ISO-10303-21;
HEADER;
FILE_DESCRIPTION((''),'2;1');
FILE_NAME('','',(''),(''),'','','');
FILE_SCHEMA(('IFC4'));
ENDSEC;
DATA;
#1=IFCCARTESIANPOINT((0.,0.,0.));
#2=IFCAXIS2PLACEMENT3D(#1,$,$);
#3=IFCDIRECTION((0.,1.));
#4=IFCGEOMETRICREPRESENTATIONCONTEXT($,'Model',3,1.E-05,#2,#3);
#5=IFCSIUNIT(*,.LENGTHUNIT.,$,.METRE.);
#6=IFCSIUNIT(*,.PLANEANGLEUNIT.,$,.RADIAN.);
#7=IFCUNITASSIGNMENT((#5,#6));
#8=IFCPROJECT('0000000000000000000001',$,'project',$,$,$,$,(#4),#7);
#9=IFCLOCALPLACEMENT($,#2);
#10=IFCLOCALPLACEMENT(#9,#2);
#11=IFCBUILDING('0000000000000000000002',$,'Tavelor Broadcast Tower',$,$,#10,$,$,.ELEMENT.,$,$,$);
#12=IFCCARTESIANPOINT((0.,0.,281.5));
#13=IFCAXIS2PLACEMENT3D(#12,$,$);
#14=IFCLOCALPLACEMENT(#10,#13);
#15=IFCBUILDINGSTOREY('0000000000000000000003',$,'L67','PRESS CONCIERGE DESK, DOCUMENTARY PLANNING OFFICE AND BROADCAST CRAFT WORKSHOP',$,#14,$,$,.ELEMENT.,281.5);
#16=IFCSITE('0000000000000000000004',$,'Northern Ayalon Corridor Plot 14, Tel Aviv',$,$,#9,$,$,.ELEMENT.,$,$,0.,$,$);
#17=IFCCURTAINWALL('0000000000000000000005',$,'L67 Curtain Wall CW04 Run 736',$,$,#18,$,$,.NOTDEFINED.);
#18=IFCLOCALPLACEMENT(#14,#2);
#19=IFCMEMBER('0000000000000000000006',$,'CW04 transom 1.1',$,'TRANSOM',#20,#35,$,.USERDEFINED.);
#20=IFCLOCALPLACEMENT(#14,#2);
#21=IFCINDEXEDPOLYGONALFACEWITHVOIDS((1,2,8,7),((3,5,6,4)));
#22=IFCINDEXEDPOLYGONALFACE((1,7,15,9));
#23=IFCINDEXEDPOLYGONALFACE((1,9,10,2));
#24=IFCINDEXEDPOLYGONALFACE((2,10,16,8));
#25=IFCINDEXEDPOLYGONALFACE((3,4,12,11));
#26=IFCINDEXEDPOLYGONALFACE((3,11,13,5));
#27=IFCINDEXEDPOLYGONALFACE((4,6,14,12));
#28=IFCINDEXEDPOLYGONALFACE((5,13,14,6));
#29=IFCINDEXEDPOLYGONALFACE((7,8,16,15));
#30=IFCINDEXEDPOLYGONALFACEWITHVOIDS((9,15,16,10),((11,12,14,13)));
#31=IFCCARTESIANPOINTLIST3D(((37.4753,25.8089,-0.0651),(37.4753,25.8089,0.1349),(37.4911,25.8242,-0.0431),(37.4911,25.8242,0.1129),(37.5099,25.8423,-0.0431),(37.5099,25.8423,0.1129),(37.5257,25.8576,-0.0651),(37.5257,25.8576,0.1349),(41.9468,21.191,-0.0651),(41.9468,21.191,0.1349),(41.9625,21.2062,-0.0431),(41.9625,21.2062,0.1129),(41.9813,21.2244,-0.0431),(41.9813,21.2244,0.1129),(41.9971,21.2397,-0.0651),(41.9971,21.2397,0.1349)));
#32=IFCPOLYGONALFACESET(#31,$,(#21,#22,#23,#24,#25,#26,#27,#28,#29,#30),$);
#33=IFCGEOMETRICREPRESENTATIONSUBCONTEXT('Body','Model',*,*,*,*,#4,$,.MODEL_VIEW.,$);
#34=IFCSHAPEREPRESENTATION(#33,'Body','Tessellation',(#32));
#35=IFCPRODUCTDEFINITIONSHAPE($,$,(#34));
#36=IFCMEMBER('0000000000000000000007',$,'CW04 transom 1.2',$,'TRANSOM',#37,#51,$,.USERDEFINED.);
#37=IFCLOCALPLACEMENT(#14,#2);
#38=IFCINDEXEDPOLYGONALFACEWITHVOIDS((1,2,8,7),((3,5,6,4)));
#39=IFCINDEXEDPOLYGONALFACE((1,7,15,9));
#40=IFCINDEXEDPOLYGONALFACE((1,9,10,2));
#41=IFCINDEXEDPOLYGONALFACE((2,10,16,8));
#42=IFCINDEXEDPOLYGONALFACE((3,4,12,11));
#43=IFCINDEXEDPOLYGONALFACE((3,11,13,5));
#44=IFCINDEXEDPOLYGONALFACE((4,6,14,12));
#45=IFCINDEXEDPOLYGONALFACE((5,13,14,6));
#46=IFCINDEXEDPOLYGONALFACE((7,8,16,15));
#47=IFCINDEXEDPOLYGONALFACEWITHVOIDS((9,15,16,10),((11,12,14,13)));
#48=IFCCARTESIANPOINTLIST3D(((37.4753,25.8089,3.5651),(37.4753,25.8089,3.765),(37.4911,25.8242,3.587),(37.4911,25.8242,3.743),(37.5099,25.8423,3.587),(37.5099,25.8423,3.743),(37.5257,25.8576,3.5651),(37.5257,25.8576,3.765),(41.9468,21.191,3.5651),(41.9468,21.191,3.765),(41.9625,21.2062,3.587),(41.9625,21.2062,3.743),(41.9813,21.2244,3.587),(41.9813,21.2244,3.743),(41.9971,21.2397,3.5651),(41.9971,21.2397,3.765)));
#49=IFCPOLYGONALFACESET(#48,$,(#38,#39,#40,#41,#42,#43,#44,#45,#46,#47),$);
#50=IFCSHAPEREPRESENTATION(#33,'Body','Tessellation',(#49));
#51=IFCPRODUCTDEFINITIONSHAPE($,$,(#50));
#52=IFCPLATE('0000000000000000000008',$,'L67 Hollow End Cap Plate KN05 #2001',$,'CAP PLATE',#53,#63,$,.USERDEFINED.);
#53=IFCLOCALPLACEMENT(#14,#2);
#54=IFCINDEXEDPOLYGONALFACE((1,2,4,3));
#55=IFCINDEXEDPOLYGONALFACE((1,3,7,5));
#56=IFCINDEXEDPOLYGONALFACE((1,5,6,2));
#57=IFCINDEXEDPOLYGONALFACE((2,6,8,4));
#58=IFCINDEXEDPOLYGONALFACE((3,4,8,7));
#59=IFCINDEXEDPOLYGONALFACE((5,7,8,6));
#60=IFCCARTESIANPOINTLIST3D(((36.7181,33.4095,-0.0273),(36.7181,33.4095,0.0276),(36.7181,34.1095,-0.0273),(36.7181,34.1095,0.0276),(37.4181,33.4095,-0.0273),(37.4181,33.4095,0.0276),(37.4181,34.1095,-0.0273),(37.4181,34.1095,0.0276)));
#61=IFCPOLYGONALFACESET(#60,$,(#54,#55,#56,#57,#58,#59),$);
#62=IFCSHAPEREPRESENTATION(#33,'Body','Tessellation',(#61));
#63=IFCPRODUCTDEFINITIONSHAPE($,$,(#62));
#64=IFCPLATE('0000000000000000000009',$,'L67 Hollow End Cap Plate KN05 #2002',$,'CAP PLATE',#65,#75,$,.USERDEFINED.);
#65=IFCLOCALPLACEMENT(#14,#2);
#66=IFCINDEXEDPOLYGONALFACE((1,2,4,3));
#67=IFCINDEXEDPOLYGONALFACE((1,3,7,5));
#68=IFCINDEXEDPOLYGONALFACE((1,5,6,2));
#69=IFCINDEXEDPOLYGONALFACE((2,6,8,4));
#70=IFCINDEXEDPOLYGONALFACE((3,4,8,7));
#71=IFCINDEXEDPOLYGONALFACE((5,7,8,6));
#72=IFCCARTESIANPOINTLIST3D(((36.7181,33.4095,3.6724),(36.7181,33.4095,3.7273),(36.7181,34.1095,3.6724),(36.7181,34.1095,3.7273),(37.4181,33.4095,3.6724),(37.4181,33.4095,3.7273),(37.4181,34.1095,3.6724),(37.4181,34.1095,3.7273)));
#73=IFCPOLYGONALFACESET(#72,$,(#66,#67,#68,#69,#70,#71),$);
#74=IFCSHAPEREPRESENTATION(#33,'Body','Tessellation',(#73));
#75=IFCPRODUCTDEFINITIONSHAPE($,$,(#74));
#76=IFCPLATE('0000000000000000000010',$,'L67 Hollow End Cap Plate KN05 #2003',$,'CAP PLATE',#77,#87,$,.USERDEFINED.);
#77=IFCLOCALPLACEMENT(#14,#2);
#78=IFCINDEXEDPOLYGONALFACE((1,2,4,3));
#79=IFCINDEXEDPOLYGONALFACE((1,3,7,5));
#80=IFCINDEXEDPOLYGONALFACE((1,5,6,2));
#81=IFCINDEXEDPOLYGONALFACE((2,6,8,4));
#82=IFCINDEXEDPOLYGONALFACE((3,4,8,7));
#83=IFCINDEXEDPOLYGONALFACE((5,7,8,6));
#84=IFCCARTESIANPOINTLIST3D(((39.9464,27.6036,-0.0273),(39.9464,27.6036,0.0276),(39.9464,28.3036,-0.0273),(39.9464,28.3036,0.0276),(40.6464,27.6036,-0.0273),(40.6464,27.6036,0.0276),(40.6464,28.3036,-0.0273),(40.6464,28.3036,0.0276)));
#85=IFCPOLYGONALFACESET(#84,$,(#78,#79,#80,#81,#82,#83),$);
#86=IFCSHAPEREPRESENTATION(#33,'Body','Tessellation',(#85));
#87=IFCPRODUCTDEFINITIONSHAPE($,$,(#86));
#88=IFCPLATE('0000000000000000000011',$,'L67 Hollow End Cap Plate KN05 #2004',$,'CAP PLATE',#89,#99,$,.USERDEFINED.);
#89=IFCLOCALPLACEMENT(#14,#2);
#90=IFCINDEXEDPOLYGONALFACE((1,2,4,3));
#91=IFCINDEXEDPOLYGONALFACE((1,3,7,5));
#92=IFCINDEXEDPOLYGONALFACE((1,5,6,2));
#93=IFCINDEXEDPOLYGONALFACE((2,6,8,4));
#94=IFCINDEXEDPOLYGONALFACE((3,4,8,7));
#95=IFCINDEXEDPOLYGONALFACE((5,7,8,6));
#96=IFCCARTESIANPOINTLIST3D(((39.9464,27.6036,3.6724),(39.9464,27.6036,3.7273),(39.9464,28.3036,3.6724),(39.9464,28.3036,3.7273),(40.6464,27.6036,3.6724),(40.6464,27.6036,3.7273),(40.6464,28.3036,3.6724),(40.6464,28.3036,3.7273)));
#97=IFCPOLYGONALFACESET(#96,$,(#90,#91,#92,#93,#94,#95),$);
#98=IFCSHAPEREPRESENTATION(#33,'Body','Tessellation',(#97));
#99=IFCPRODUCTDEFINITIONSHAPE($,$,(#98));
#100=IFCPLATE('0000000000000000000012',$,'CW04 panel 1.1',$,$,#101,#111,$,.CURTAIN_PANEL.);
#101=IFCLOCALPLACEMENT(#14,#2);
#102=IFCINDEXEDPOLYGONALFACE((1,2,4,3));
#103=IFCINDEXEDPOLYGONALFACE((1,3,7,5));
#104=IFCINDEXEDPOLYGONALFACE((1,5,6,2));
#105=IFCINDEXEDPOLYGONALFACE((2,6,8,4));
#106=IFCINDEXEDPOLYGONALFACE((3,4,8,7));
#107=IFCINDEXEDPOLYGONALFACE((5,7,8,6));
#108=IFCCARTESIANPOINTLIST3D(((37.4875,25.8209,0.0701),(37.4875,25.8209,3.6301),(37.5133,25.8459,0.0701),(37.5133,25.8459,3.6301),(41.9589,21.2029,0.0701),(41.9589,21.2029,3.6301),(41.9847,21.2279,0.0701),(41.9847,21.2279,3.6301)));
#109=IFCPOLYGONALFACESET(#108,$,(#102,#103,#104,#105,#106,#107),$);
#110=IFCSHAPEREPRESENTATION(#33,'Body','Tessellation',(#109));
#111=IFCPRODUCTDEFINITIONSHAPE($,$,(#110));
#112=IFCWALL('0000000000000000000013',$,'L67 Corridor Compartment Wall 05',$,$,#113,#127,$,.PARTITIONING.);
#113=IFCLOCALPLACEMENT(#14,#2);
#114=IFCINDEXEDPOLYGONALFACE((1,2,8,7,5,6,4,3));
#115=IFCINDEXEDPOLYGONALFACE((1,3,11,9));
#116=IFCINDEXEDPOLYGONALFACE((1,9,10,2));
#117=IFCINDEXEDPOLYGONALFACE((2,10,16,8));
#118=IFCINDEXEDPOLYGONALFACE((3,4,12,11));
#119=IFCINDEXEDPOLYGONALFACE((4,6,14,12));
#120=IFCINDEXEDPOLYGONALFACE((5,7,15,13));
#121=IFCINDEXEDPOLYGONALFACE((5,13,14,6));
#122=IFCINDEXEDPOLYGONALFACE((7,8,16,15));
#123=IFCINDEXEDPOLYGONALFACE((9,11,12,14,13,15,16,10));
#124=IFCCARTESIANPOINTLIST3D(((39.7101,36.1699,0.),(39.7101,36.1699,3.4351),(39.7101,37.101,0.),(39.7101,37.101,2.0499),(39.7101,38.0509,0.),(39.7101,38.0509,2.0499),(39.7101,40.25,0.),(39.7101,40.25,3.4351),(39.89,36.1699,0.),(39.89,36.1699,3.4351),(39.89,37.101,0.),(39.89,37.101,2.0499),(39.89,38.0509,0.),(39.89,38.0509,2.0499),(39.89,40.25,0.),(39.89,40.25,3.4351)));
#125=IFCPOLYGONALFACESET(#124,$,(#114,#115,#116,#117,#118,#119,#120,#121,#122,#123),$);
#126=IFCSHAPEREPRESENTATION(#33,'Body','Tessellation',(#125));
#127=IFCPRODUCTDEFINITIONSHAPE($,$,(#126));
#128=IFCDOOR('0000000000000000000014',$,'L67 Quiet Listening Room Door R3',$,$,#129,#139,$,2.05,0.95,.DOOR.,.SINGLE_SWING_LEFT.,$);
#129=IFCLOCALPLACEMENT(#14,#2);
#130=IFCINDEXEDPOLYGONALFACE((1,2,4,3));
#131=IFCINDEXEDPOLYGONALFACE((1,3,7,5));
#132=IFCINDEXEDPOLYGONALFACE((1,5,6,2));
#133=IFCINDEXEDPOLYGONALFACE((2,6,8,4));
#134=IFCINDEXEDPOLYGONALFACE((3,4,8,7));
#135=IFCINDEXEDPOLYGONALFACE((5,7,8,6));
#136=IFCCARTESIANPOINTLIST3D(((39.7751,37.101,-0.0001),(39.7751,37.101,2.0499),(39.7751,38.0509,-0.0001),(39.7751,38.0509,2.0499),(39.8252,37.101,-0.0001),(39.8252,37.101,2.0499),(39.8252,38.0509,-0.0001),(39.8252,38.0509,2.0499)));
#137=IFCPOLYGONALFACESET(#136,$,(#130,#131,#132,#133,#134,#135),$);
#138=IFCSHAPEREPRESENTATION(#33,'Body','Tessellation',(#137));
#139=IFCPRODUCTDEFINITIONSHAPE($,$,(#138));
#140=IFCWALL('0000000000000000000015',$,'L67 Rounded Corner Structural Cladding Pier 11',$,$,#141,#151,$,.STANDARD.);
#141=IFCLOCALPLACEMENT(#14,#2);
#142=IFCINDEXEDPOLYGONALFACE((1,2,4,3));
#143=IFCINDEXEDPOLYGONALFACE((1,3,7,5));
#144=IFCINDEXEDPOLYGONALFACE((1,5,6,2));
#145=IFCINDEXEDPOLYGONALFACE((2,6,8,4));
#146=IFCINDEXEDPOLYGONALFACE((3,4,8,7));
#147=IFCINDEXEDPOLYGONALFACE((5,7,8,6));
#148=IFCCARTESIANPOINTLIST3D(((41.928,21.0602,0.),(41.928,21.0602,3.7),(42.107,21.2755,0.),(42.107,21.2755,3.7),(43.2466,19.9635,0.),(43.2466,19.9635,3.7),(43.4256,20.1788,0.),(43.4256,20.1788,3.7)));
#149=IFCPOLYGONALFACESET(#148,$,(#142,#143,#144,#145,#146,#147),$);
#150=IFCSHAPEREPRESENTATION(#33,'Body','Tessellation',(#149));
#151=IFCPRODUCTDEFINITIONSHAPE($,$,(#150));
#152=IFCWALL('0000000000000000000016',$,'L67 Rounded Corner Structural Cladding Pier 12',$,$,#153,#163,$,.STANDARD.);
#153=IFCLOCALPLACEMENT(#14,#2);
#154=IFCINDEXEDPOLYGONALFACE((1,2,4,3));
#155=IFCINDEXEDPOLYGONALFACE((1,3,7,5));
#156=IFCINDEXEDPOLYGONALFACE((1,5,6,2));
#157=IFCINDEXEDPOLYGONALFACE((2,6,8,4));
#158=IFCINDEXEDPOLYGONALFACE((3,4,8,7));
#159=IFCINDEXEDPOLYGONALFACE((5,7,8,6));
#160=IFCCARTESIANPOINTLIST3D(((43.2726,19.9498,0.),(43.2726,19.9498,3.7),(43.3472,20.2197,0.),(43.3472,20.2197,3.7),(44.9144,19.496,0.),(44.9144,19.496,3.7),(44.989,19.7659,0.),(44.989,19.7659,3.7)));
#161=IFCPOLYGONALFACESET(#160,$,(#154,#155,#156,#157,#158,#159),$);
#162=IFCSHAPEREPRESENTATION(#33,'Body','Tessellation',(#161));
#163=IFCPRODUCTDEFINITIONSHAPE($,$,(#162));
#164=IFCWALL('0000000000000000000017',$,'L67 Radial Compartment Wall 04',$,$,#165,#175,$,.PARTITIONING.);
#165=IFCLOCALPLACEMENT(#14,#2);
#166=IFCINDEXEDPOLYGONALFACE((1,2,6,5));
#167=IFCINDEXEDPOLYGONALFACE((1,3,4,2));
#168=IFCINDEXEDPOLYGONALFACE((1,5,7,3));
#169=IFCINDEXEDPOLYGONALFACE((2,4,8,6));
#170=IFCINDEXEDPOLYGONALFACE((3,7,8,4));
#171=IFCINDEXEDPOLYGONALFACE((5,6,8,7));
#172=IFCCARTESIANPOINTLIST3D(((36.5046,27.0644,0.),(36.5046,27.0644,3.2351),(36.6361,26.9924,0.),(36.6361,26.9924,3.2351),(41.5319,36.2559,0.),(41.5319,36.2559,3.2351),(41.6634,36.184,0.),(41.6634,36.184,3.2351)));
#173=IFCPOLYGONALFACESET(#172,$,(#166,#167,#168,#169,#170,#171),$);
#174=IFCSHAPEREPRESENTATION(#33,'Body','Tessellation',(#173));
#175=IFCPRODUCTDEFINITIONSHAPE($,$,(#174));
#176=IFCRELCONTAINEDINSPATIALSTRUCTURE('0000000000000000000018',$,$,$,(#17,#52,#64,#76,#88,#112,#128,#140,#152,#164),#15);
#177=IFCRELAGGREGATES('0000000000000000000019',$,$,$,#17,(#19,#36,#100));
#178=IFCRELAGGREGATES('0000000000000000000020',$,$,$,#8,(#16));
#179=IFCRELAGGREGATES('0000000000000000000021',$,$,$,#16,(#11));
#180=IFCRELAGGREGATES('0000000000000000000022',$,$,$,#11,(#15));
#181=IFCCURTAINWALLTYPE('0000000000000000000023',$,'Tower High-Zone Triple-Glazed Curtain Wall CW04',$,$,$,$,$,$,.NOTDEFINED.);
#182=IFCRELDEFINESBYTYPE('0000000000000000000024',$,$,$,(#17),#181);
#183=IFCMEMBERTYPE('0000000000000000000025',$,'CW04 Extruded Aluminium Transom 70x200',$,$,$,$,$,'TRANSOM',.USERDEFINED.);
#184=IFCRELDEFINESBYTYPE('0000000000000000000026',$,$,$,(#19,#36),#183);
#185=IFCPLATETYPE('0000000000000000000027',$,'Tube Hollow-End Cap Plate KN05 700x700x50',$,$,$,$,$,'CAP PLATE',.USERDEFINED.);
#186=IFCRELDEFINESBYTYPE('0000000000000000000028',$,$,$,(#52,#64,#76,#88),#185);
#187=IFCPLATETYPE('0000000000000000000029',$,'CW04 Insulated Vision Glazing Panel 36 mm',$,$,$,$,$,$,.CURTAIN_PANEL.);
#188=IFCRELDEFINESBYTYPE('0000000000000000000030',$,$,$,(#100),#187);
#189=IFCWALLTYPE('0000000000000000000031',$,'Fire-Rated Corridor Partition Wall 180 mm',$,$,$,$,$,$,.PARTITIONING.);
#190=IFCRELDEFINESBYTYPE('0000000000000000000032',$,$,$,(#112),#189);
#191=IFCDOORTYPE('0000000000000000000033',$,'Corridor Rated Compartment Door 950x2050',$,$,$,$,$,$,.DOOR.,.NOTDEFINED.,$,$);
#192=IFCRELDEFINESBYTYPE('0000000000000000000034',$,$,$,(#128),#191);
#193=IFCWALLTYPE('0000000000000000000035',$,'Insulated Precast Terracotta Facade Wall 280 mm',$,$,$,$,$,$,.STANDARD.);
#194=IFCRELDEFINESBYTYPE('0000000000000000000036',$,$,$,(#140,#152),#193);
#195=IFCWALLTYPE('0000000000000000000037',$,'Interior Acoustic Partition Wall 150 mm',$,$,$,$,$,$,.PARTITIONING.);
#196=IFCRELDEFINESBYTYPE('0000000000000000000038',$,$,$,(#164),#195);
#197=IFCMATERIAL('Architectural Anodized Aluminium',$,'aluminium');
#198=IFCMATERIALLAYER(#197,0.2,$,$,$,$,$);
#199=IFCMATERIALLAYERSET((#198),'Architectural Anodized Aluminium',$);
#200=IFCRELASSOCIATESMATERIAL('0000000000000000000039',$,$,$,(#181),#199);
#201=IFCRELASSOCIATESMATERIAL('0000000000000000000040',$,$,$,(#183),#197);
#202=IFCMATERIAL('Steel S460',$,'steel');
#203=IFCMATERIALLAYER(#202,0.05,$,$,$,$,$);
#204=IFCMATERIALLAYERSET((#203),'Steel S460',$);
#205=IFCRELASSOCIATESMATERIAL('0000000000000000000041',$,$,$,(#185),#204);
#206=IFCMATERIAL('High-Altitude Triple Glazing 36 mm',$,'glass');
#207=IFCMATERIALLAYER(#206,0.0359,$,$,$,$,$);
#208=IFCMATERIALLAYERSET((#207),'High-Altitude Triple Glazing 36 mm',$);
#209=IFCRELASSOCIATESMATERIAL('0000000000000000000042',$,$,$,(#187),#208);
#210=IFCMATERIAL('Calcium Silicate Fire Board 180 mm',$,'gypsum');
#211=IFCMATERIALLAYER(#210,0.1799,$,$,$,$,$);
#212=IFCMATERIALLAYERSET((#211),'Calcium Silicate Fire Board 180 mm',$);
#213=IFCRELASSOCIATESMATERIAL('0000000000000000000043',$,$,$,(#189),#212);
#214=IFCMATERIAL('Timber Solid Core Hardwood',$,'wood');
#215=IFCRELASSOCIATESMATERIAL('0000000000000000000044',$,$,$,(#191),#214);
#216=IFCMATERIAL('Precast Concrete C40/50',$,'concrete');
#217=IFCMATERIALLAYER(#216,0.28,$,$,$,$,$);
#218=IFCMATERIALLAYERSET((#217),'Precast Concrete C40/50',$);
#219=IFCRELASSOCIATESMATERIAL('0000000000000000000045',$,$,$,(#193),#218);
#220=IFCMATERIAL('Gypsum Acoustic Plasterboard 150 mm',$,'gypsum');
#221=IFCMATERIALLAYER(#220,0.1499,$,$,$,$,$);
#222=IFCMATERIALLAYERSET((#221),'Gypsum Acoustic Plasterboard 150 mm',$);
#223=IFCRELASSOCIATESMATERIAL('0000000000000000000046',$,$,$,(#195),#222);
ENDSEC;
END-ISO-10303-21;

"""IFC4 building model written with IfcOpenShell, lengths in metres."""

from ifc_helpers import new_model, si_unit, direction, frame, frame_2d, origin, origin_2d, place, context, subcontext, project, spatial, rectangle, hollow_rectangle, extrude, source, transform, mapped, material, layer, layer_set, material_profile, profile_set, type_object, type_shapes, element, fill, aggregate, save


model = new_model("IFC4")

# Units and contexts
model_context = context("Model", 3, precision=1e-05, world=origin(), true_north=direction((0.0, 1.0)))
body_context = subcontext(model_context, "Body", "Model", "MODEL_VIEW")
ifc_project = project(units=[si_unit("LENGTHUNIT", "METRE"), si_unit("PLANEANGLEUNIT", "RADIAN")], contexts=[model_context])

# Site, building, storey
site_placement = place(None, origin())
site = spatial("IfcSite", under=ifc_project, at=site_placement, Name="Northern Ayalon Corridor Plot 14, Tel Aviv", CompositionType="ELEMENT", RefElevation=0.0)
building_placement = place(site_placement, origin())
building = spatial("IfcBuilding", under=site, at=building_placement, Name="Tavelor Broadcast Tower", CompositionType="ELEMENT")
storey_placement = place(building_placement, frame((0.0, 0.0, 281.5)))
storey = spatial("IfcBuildingStorey", under=building, at=storey_placement, Name="L67", Description="PRESS CONCIERGE DESK, DOCUMENTARY PLANNING OFFICE AND BROADCAST CRAFT WORKSHOP", CompositionType="ELEMENT", Elevation=281.5)

# Shared definitions
ifc_material_1 = material(Name="Steel S460", Category="steel")

# Shared definitions
ifc_material_2 = material(Name="Architectural Anodized Aluminium", Category="aluminium")
ifc_layer_1 = layer(ifc_material_2, 0.2)
ifc_layer_set_1 = layer_set([ifc_layer_1], Name="Architectural Anodized Aluminium")
curtain_wall_type = type_object("IfcCurtainWallType", Name="Tower High-Zone Triple-Glazed Curtain Wall CW04", PredefinedType="NOTDEFINED", material=ifc_layer_set_1)

# Curtain wall, members
curtain_wall_1_placement = place(storey_placement, origin())
curtain_wall_1 = element("IfcCurtainWall", 1, at=curtain_wall_1_placement, inside=storey, type_object=curtain_wall_type, Name="L67 Curtain Wall CW04 Run 736", PredefinedType="NOTDEFINED")
ifc_material_profile_1 = material_profile(ifc_material_2, hollow_rectangle(XDim=0.0701, YDim=0.2, WallThickness=0.022, at=origin_2d()), Name="RHS 70x200x22")
ifc_profile_set_1 = profile_set([ifc_material_profile_1], Name="Architectural Anodized Aluminium")
member_type_1 = type_object("IfcMemberType", Name="CW04 Extruded Aluminium Transom 70x200", ElementType="TRANSOM", PredefinedType="USERDEFINED", material=ifc_profile_set_1)
shared_shape_1 = source(origin(), body_context, "Body", "SweptSolid", [
    extrude(hollow_rectangle(XDim=0.0701, YDim=0.2, WallThickness=0.022, at=origin_2d()), origin(), (0.0, 0.0, 1.0), 6.428),
])
type_shapes(member_type_1, [shared_shape_1])
member_1_placement = place(storey_placement, frame((37.5005, 25.8333, 0.0349), z_axis=(0.695621, -0.718409, 0.0), x_axis=(0.718409, 0.695621, 0.0)))
member_1 = element("IfcMember", 2, at=member_1_placement, type_object=member_type_1, Name="CW04 transom 1.1", ObjectType="TRANSOM", PredefinedType="USERDEFINED", context=body_context, shape_type="MappedRepresentation", body=[
    mapped(shared_shape_1, transform((0.0, 0.0, 0.0), scale=1.0)),
])
member_2_placement = place(storey_placement, frame((37.5005, 25.8333, 3.665), z_axis=(0.695621, -0.718409, 0.0), x_axis=(0.718409, 0.695621, 0.0)))
member_2 = element("IfcMember", 3, at=member_2_placement, type_object=member_type_1, Name="CW04 transom 1.2", ObjectType="TRANSOM", PredefinedType="USERDEFINED", context=body_context, shape_type="MappedRepresentation", body=[
    mapped(shared_shape_1, transform((0.0, 0.0, 0.0), scale=1.0)),
])

# Plates
ifc_layer_2 = layer(ifc_material_1, 0.05)
ifc_layer_set_2 = layer_set([ifc_layer_2], Name="Steel S460")
plate_type_1 = type_object("IfcPlateType", Name="Tube Hollow-End Cap Plate KN05 700x700x50", ElementType="CAP PLATE", PredefinedType="USERDEFINED", material=ifc_layer_set_2)
shared_shape_2 = source(origin(), body_context, "Body", "SweptSolid", [
    extrude(rectangle(XDim=0.7, YDim=0.7, at=origin_2d()), origin(), (0.0, 0.0, 1.0), 0.0549),
])
type_shapes(plate_type_1, [shared_shape_2])
for number, where, z_axis, x_axis, name in (
    (4, (37.0681, 33.7595, -0.0273), (0.0, 0.0, 1.0), (1.0, 0.0, 0.0), "L67 Hollow End Cap Plate KN05 #2001"),
    (5, (37.0681, 33.7595, 3.6724), (0.0, 0.0, 1.0), (1.0, 0.0, 0.0), "L67 Hollow End Cap Plate KN05 #2002"),
    (6, (40.2964, 27.9536, -0.0273), (0.0, 0.0, 1.0), (1.0, 0.0, 0.0), "L67 Hollow End Cap Plate KN05 #2003"),
    (7, (40.2964, 27.9536, 3.6724), (0.0, 0.0, 1.0), (1.0, 0.0, 0.0), "L67 Hollow End Cap Plate KN05 #2004"),
):
    element("IfcPlate", number, at=place(storey_placement, frame(where, z_axis=z_axis, x_axis=x_axis)), inside=storey, type_object=plate_type_1, Name=name, ObjectType="CAP PLATE", PredefinedType="USERDEFINED", context=body_context, shape_type="MappedRepresentation", body=[
        mapped(shared_shape_2, transform((0.0, 0.0, 0.0), scale=1.0)),
    ])

# Plate
ifc_material_3 = material(Name="High-Altitude Triple Glazing 36 mm", Category="glass")
ifc_layer_3 = layer(ifc_material_3, 0.0359)
ifc_layer_set_3 = layer_set([ifc_layer_3], Name="High-Altitude Triple Glazing 36 mm")
plate_type_2 = type_object("IfcPlateType", Name="CW04 Insulated Vision Glazing Panel 36 mm", PredefinedType="CURTAIN_PANEL", material=ifc_layer_set_3)
shared_shape_3 = source(origin(), body_context, "Body", "SweptSolid", [
    extrude(rectangle(XDim=6.428, YDim=0.0359, at=origin_2d()), origin(), (0.0, 0.0, 1.0), 3.5601),
])
type_shapes(plate_type_2, [shared_shape_3])
plate_placement = place(storey_placement, frame((39.7361, 23.5244, 0.0701), z_axis=(0.0, 0.0, 1.0), x_axis=(0.695611, -0.718419, 0.0)))
plate = element("IfcPlate", 8, at=plate_placement, type_object=plate_type_2, Name="CW04 panel 1.1", PredefinedType="CURTAIN_PANEL", context=body_context, shape_type="MappedRepresentation", body=[
    mapped(shared_shape_3, transform((0.0, 0.0, 0.0), scale=1.0)),
])
aggregate(curtain_wall_1, [member_1, member_2, plate])

# Wall, opening, door
ifc_material_4 = material(Name="Calcium Silicate Fire Board 180 mm", Category="gypsum")
ifc_layer_4 = layer(ifc_material_4, 0.1799)
ifc_layer_set_4 = layer_set([ifc_layer_4], Name="Calcium Silicate Fire Board 180 mm")
wall_type_1 = type_object("IfcWallType", Name="Fire-Rated Corridor Partition Wall 180 mm", PredefinedType="PARTITIONING", material=ifc_layer_set_4)
wall_1_placement = place(storey_placement, frame((39.8, 36.1699, 0.0), z_axis=(0.0, 0.0, 1.0), x_axis=(0.0, 1.0, 0.0)))
wall_1 = element("IfcWall", 9, at=wall_1_placement, inside=storey, type_object=wall_type_1, Name="L67 Corridor Compartment Wall 05", PredefinedType="PARTITIONING", context=body_context, shape_type="SweptSolid", body=[
    extrude(rectangle(XDim=4.0801, YDim=0.1799, at=frame_2d((2.04, 0.0))), origin(), (0.0, 0.0, 1.0), 3.4351),
])
opening_1_placement = place(wall_1_placement, frame((0.9309, 0.0, 0.0)))
opening_1 = element("IfcOpeningElement", 10, at=opening_1_placement, cuts=wall_1, PredefinedType="OPENING", context=body_context, shape_type="SweptSolid", body=[
    extrude(rectangle(XDim=0.95, YDim=2.05, at=frame_2d((0.4751, 1.0249))), frame((0.0, 0.1001, 0.0), z_axis=(0.0, -1.0, 0.0), x_axis=(1.0, 0.0, 0.0)), (0.0, 0.0, 1.0), 0.2),
])
ifc_material_5 = material(Name="Timber Solid Core Hardwood", Category="wood")
door_type_1 = type_object("IfcDoorType", Name="Corridor Rated Compartment Door 950x2050", OperationType="NOTDEFINED", PredefinedType="DOOR", material=ifc_material_5)
door_1_placement = place(opening_1_placement, origin())
door_1 = element("IfcDoor", 11, at=door_1_placement, inside=storey, type_object=door_type_1, Name="L67 Quiet Listening Room Door R3", OperationType="SINGLE_SWING_LEFT", OverallHeight=2.05, OverallWidth=0.95, PredefinedType="DOOR", context=body_context, shape_type="SweptSolid", body=[
    extrude(rectangle(XDim=0.95, YDim=2.05, at=frame_2d((0.4751, 1.0249))), frame((0.0, 0.0249, 0.0), z_axis=(0.0, -1.0, 0.0), x_axis=(1.0, 0.0, 0.0)), (0.0, 0.0, 1.0), 0.05),
])
fill(opening_1, door_1)

# Walls
ifc_material_6 = material(Name="Precast Concrete C40/50", Category="concrete")
ifc_layer_5 = layer(ifc_material_6, 0.28)
ifc_layer_set_5 = layer_set([ifc_layer_5], Name="Precast Concrete C40/50")
wall_type_2 = type_object("IfcWallType", Name="Insulated Precast Terracotta Facade Wall 280 mm", PredefinedType="STANDARD", material=ifc_layer_set_5)
wall_2_placement = place(storey_placement, frame((42.0176, 21.1677, 0.0), z_axis=(0.0, 0.0, 1.0), x_axis=(0.768839, -0.639442, 0.0)))
element("IfcWall", 12, at=wall_2_placement, inside=storey, type_object=wall_type_2, Name="L67 Rounded Corner Structural Cladding Pier 11", PredefinedType="STANDARD", context=body_context, shape_type="SweptSolid", body=[
    extrude(rectangle(XDim=1.7151, YDim=0.28, at=frame_2d((0.8574, 0.0))), origin(), (0.0, 0.0, 1.0), 3.7),
])
wall_3_placement = place(storey_placement, frame((43.3101, 20.0847, 0.0), z_axis=(0.0, 0.0, 1.0), x_axis=(0.963852, -0.266439, 0.0)))
element("IfcWall", 13, at=wall_3_placement, inside=storey, type_object=wall_type_2, Name="L67 Rounded Corner Structural Cladding Pier 12", PredefinedType="STANDARD", context=body_context, shape_type="SweptSolid", body=[
    extrude(rectangle(XDim=1.7034, YDim=0.28, at=frame_2d((0.8516, 0.0))), origin(), (0.0, 0.0, 1.0), 3.7),
])
ifc_material_7 = material(Name="Gypsum Acoustic Plasterboard 150 mm", Category="gypsum")
ifc_layer_6 = layer(ifc_material_7, 0.1499)
ifc_layer_set_6 = layer_set([ifc_layer_6], Name="Gypsum Acoustic Plasterboard 150 mm")
wall_type_3 = type_object("IfcWallType", Name="Interior Acoustic Partition Wall 150 mm", PredefinedType="PARTITIONING", material=ifc_layer_set_6)
wall_4_placement = place(storey_placement, frame((41.5977, 36.22, 0.0), z_axis=(0.0, 0.0, 1.0), x_axis=(-0.479861, -0.877345, 0.0)))
element("IfcWall", 14, at=wall_4_placement, inside=storey, type_object=wall_type_3, Name="L67 Radial Compartment Wall 04", PredefinedType="PARTITIONING", context=body_context, shape_type="SweptSolid", body=[
    extrude(rectangle(XDim=10.4766, YDim=0.1499, at=frame_2d((5.2383, 0.0))), origin(), (0.0, 0.0, 1.0), 3.2351),
])

save(model, "model.ifc")
